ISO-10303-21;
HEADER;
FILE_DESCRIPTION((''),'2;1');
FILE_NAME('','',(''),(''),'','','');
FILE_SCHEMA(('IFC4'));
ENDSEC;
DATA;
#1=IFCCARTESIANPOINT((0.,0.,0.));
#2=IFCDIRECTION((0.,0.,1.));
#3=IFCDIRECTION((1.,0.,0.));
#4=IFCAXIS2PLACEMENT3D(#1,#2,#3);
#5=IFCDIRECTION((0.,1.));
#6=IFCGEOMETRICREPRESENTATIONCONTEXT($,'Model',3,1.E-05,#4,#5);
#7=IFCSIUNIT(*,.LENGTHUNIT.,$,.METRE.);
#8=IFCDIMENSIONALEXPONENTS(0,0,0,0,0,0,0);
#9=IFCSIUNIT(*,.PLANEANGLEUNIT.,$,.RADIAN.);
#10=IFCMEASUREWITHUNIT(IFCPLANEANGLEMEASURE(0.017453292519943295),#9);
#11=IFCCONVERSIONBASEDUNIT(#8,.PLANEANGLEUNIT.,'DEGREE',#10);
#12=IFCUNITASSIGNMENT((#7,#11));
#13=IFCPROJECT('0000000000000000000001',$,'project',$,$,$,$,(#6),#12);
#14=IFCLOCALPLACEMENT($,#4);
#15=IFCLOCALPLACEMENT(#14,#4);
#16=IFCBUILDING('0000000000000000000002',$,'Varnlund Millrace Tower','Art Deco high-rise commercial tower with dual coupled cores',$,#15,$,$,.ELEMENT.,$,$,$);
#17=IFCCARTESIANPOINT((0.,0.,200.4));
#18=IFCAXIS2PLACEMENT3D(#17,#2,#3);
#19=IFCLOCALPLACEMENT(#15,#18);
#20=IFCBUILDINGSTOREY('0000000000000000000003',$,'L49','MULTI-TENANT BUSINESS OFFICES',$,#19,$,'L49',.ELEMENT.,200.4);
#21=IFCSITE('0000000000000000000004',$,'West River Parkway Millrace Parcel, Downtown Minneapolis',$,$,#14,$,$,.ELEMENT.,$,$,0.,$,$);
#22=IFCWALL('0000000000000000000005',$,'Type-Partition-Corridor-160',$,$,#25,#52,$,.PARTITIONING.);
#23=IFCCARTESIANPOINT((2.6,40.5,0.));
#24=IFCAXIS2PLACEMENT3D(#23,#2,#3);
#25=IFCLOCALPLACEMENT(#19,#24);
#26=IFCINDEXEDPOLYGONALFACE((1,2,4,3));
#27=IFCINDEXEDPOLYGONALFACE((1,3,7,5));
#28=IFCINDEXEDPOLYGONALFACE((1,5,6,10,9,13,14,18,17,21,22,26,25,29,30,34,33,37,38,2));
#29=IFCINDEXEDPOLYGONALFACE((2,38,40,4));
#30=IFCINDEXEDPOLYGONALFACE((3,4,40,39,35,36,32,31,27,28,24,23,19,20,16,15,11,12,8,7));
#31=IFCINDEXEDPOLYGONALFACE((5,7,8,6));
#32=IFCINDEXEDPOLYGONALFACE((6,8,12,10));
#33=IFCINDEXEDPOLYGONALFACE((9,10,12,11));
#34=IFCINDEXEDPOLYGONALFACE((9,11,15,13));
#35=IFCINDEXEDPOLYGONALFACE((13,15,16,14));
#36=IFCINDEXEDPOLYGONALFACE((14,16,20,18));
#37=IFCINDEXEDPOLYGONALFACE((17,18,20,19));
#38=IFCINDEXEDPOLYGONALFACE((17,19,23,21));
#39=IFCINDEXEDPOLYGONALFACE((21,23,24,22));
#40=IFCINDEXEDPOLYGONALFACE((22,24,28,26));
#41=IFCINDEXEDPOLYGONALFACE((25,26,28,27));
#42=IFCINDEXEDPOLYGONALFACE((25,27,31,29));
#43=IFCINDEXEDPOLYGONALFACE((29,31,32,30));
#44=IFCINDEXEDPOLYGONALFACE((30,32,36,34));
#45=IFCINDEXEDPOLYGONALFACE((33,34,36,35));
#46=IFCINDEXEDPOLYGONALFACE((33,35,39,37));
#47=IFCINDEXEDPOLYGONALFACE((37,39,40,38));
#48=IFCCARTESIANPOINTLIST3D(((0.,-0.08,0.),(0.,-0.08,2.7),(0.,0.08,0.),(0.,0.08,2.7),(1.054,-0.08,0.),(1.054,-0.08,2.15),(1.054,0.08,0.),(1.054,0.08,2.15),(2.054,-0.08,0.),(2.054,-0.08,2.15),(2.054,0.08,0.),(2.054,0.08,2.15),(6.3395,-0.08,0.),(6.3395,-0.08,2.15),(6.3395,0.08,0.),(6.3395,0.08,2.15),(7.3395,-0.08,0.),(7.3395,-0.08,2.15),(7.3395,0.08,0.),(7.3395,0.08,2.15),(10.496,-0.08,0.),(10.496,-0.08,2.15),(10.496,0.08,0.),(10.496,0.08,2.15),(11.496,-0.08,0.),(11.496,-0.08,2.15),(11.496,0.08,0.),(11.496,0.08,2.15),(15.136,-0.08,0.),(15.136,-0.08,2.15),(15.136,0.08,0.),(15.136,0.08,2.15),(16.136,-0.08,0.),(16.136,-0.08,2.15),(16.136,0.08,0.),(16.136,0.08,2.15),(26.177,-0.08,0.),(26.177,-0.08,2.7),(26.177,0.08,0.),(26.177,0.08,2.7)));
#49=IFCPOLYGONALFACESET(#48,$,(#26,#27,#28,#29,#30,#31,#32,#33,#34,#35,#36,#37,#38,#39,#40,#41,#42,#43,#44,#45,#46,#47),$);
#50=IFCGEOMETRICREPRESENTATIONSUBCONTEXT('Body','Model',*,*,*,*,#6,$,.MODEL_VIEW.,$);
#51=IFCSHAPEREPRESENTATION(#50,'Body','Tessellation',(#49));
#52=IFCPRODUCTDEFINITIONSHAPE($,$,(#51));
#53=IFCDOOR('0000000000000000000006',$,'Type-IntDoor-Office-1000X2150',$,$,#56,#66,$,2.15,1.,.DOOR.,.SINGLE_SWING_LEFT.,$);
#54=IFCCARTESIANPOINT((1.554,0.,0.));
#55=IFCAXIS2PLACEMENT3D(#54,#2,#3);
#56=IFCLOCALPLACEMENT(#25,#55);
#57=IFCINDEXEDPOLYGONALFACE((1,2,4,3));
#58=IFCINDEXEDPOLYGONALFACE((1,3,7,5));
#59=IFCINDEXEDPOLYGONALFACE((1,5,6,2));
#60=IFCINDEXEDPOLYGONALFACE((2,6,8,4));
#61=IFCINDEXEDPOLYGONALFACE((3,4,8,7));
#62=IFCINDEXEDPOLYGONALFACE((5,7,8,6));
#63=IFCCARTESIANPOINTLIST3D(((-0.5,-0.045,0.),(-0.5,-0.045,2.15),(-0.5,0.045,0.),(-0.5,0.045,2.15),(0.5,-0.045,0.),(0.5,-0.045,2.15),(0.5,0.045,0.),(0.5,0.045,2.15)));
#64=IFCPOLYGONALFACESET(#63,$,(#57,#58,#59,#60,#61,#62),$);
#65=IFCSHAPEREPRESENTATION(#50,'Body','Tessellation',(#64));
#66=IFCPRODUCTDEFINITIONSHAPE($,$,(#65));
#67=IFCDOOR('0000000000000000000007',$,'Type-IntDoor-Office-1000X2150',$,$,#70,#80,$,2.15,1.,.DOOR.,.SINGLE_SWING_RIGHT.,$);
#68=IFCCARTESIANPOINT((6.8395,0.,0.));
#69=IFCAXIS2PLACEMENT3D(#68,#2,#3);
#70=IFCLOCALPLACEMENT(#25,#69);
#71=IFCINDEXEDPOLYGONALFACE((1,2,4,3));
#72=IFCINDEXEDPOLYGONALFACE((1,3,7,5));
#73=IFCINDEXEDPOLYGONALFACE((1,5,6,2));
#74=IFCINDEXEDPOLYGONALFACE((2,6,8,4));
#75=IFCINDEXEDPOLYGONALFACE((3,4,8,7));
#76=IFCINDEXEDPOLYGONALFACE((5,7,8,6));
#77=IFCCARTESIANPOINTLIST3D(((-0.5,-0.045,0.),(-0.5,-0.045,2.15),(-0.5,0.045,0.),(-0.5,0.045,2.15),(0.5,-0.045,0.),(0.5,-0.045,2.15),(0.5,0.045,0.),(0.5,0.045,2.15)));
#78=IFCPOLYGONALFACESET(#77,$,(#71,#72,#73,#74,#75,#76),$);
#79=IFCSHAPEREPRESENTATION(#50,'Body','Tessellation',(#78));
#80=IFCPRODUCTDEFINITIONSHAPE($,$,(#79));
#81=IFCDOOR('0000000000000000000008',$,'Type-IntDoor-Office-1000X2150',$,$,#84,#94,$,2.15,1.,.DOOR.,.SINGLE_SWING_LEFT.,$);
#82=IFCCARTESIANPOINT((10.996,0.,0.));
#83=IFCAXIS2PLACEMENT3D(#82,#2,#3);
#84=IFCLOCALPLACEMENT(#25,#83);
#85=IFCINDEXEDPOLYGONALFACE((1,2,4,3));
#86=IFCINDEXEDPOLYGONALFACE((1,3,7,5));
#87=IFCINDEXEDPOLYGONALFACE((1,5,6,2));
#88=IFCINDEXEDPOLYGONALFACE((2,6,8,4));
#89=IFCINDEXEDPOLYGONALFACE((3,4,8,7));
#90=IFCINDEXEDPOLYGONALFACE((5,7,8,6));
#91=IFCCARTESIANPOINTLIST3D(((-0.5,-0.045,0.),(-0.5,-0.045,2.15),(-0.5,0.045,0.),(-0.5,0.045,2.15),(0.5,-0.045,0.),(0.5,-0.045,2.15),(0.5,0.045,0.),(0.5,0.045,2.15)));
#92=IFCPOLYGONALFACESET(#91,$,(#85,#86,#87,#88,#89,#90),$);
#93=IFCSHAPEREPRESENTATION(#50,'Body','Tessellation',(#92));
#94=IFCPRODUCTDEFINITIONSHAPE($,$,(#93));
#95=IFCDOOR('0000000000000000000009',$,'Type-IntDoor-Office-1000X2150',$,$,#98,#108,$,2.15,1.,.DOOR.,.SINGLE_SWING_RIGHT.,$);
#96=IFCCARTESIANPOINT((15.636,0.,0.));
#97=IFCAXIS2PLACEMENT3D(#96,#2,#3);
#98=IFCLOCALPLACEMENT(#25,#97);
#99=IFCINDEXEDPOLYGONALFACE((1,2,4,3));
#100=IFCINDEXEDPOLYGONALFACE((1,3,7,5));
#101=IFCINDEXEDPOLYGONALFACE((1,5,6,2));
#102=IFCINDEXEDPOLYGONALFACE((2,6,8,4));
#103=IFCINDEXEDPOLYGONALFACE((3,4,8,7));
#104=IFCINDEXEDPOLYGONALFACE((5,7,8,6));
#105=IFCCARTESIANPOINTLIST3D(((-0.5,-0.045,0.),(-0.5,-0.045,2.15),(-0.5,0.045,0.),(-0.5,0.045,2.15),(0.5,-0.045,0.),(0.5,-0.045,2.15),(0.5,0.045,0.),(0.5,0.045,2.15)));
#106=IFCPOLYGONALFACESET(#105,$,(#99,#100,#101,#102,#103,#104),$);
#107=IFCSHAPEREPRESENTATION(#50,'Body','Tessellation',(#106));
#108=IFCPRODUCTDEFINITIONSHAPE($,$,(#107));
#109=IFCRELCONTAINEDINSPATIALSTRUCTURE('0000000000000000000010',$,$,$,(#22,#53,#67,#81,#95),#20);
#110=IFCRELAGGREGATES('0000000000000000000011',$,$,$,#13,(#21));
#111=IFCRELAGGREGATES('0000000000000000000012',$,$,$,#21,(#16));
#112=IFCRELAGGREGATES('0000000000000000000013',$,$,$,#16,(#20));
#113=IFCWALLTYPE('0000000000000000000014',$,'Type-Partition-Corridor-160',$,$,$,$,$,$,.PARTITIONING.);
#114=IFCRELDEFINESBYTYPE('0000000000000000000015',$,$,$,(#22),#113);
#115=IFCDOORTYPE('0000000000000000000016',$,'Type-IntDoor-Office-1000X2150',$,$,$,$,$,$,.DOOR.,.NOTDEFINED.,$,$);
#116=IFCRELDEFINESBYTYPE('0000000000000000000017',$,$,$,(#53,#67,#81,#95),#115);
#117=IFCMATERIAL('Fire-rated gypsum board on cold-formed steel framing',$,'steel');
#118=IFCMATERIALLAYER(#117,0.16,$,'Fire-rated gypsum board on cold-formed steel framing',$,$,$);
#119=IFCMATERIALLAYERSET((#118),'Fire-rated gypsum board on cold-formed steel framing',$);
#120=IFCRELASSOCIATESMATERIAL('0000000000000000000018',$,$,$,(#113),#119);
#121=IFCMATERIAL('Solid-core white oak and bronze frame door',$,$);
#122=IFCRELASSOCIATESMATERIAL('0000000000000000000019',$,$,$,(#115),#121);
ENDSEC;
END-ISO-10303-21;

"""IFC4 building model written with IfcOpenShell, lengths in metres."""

from ifc_helpers import new_model, entity, si_unit, converted_unit, direction, frame, origin_with_axes, origin_2d_with_axis, place, context, subcontext, project, spatial, polyline, rectangle, outline, extrude, material, layer, layer_set, type_object, element, fill, save


model = new_model("IFC4")

# Units and contexts
model_context = context("Model", 3, precision=1e-05, world=origin_with_axes(), true_north=direction((0.0, 1.0)))
body_context = subcontext(model_context, "Body", "Model", "MODEL_VIEW")
ifc_project = project(units=[si_unit("LENGTHUNIT", "METRE"), converted_unit("PLANEANGLEUNIT", "DEGREE", entity("IfcPlaneAngleMeasure", 0.017453292519943295), si_unit("PLANEANGLEUNIT", "RADIAN"), dimensions=[0, 0, 0, 0, 0, 0, 0])], contexts=[model_context])

# Site, building, storey
site_placement = place(None, origin_with_axes())
site = spatial("IfcSite", under=ifc_project, at=site_placement, Name="West River Parkway Millrace Parcel, Downtown Minneapolis", CompositionType="ELEMENT", RefElevation=0.0)
building_placement = place(site_placement, origin_with_axes())
building = spatial("IfcBuilding", under=site, at=building_placement, Name="Varnlund Millrace Tower", Description="Art Deco high-rise commercial tower with dual coupled cores", CompositionType="ELEMENT")
storey_placement = place(building_placement, frame((0.0, 0.0, 200.4), z_axis=(0.0, 0.0, 1.0), x_axis=(1.0, 0.0, 0.0)))
storey = spatial("IfcBuildingStorey", under=building, at=storey_placement, Name="L49", Description="MULTI-TENANT BUSINESS OFFICES", LongName="L49", CompositionType="ELEMENT", Elevation=200.4)

# Wall, openings, doors
ifc_material_1 = material(Name="Fire-rated gypsum board on cold-formed steel framing", Category="steel")
ifc_layer_1 = layer(ifc_material_1, 0.16, Name="Fire-rated gypsum board on cold-formed steel framing")
ifc_layer_set_1 = layer_set([ifc_layer_1], Name="Fire-rated gypsum board on cold-formed steel framing")
wall_type_1 = type_object("IfcWallType", Name="Type-Partition-Corridor-160", PredefinedType="PARTITIONING", material=ifc_layer_set_1)
wall_1_placement = place(storey_placement, frame((2.6, 40.5, 0.0), z_axis=(0.0, 0.0, 1.0), x_axis=(1.0, 0.0, 0.0)))
wall_1 = element("IfcWall", 1, at=wall_1_placement, inside=storey, type_object=wall_type_1, Name="Type-Partition-Corridor-160", PredefinedType="PARTITIONING", context=body_context, shape_type="SweptSolid", body=[
    extrude(outline(polyline([(0.0, -0.08), (26.177, -0.08), (26.177, 0.08), (0.0, 0.08), (0.0, -0.08)])), origin_with_axes(), (0.0, 0.0, 1.0), 2.7),
])
opening_1_placement = place(wall_1_placement, frame((1.554, 0.0, 0.0), z_axis=(0.0, 0.0, 1.0), x_axis=(1.0, 0.0, 0.0)))
opening_1 = element("IfcOpeningElement", 2, at=opening_1_placement, cuts=wall_1, PredefinedType="OPENING", context=body_context, shape_type="SweptSolid", body=[
    extrude(rectangle(XDim=1.0, YDim=0.18, at=origin_2d_with_axis()), origin_with_axes(), (0.0, 0.0, 1.0), 2.15),
])
opening_2_placement = place(wall_1_placement, frame((6.8395, 0.0, 0.0), z_axis=(0.0, 0.0, 1.0), x_axis=(1.0, 0.0, 0.0)))
opening_2 = element("IfcOpeningElement", 3, at=opening_2_placement, cuts=wall_1, PredefinedType="OPENING", context=body_context, shape_type="SweptSolid", body=[
    extrude(rectangle(XDim=1.0, YDim=0.18, at=origin_2d_with_axis()), origin_with_axes(), (0.0, 0.0, 1.0), 2.15),
])
opening_3_placement = place(wall_1_placement, frame((10.996, 0.0, 0.0), z_axis=(0.0, 0.0, 1.0), x_axis=(1.0, 0.0, 0.0)))
opening_3 = element("IfcOpeningElement", 4, at=opening_3_placement, cuts=wall_1, PredefinedType="OPENING", context=body_context, shape_type="SweptSolid", body=[
    extrude(rectangle(XDim=1.0, YDim=0.18, at=origin_2d_with_axis()), origin_with_axes(), (0.0, 0.0, 1.0), 2.15),
])
opening_4_placement = place(wall_1_placement, frame((15.636, 0.0, 0.0), z_axis=(0.0, 0.0, 1.0), x_axis=(1.0, 0.0, 0.0)))
opening_4 = element("IfcOpeningElement", 5, at=opening_4_placement, cuts=wall_1, PredefinedType="OPENING", context=body_context, shape_type="SweptSolid", body=[
    extrude(rectangle(XDim=1.0, YDim=0.18, at=origin_2d_with_axis()), origin_with_axes(), (0.0, 0.0, 1.0), 2.15),
])
ifc_material_2 = material(Name="Solid-core white oak and bronze frame door")
door_type = type_object("IfcDoorType", Name="Type-IntDoor-Office-1000X2150", OperationType="NOTDEFINED", PredefinedType="DOOR", material=ifc_material_2)
door_1_placement = place(wall_1_placement, frame((1.554, 0.0, 0.0), z_axis=(0.0, 0.0, 1.0), x_axis=(1.0, 0.0, 0.0)))
door_1 = element("IfcDoor", 6, at=door_1_placement, inside=storey, type_object=door_type, Name="Type-IntDoor-Office-1000X2150", OperationType="SINGLE_SWING_LEFT", OverallHeight=2.15, OverallWidth=1.0, PredefinedType="DOOR", context=body_context, shape_type="SweptSolid", body=[
    extrude(rectangle(XDim=1.0, YDim=0.09, at=origin_2d_with_axis()), origin_with_axes(), (0.0, 0.0, 1.0), 2.15),
])
fill(opening_1, door_1)
door_2_placement = place(wall_1_placement, frame((6.8395, 0.0, 0.0), z_axis=(0.0, 0.0, 1.0), x_axis=(1.0, 0.0, 0.0)))
door_2 = element("IfcDoor", 7, at=door_2_placement, inside=storey, type_object=door_type, Name="Type-IntDoor-Office-1000X2150", OperationType="SINGLE_SWING_RIGHT", OverallHeight=2.15, OverallWidth=1.0, PredefinedType="DOOR", context=body_context, shape_type="SweptSolid", body=[
    extrude(rectangle(XDim=1.0, YDim=0.09, at=origin_2d_with_axis()), origin_with_axes(), (0.0, 0.0, 1.0), 2.15),
])
fill(opening_2, door_2)
door_3_placement = place(wall_1_placement, frame((10.996, 0.0, 0.0), z_axis=(0.0, 0.0, 1.0), x_axis=(1.0, 0.0, 0.0)))
door_3 = element("IfcDoor", 8, at=door_3_placement, inside=storey, type_object=door_type, Name="Type-IntDoor-Office-1000X2150", OperationType="SINGLE_SWING_LEFT", OverallHeight=2.15, OverallWidth=1.0, PredefinedType="DOOR", context=body_context, shape_type="SweptSolid", body=[
    extrude(rectangle(XDim=1.0, YDim=0.09, at=origin_2d_with_axis()), origin_with_axes(), (0.0, 0.0, 1.0), 2.15),
])
fill(opening_3, door_3)
door_4_placement = place(wall_1_placement, frame((15.636, 0.0, 0.0), z_axis=(0.0, 0.0, 1.0), x_axis=(1.0, 0.0, 0.0)))
door_4 = element("IfcDoor", 9, at=door_4_placement, inside=storey, type_object=door_type, Name="Type-IntDoor-Office-1000X2150", OperationType="SINGLE_SWING_RIGHT", OverallHeight=2.15, OverallWidth=1.0, PredefinedType="DOOR", context=body_context, shape_type="SweptSolid", body=[
    extrude(rectangle(XDim=1.0, YDim=0.09, at=origin_2d_with_axis()), origin_with_axes(), (0.0, 0.0, 1.0), 2.15),
])
fill(opening_4, door_4)

save(model, "model.ifc")
